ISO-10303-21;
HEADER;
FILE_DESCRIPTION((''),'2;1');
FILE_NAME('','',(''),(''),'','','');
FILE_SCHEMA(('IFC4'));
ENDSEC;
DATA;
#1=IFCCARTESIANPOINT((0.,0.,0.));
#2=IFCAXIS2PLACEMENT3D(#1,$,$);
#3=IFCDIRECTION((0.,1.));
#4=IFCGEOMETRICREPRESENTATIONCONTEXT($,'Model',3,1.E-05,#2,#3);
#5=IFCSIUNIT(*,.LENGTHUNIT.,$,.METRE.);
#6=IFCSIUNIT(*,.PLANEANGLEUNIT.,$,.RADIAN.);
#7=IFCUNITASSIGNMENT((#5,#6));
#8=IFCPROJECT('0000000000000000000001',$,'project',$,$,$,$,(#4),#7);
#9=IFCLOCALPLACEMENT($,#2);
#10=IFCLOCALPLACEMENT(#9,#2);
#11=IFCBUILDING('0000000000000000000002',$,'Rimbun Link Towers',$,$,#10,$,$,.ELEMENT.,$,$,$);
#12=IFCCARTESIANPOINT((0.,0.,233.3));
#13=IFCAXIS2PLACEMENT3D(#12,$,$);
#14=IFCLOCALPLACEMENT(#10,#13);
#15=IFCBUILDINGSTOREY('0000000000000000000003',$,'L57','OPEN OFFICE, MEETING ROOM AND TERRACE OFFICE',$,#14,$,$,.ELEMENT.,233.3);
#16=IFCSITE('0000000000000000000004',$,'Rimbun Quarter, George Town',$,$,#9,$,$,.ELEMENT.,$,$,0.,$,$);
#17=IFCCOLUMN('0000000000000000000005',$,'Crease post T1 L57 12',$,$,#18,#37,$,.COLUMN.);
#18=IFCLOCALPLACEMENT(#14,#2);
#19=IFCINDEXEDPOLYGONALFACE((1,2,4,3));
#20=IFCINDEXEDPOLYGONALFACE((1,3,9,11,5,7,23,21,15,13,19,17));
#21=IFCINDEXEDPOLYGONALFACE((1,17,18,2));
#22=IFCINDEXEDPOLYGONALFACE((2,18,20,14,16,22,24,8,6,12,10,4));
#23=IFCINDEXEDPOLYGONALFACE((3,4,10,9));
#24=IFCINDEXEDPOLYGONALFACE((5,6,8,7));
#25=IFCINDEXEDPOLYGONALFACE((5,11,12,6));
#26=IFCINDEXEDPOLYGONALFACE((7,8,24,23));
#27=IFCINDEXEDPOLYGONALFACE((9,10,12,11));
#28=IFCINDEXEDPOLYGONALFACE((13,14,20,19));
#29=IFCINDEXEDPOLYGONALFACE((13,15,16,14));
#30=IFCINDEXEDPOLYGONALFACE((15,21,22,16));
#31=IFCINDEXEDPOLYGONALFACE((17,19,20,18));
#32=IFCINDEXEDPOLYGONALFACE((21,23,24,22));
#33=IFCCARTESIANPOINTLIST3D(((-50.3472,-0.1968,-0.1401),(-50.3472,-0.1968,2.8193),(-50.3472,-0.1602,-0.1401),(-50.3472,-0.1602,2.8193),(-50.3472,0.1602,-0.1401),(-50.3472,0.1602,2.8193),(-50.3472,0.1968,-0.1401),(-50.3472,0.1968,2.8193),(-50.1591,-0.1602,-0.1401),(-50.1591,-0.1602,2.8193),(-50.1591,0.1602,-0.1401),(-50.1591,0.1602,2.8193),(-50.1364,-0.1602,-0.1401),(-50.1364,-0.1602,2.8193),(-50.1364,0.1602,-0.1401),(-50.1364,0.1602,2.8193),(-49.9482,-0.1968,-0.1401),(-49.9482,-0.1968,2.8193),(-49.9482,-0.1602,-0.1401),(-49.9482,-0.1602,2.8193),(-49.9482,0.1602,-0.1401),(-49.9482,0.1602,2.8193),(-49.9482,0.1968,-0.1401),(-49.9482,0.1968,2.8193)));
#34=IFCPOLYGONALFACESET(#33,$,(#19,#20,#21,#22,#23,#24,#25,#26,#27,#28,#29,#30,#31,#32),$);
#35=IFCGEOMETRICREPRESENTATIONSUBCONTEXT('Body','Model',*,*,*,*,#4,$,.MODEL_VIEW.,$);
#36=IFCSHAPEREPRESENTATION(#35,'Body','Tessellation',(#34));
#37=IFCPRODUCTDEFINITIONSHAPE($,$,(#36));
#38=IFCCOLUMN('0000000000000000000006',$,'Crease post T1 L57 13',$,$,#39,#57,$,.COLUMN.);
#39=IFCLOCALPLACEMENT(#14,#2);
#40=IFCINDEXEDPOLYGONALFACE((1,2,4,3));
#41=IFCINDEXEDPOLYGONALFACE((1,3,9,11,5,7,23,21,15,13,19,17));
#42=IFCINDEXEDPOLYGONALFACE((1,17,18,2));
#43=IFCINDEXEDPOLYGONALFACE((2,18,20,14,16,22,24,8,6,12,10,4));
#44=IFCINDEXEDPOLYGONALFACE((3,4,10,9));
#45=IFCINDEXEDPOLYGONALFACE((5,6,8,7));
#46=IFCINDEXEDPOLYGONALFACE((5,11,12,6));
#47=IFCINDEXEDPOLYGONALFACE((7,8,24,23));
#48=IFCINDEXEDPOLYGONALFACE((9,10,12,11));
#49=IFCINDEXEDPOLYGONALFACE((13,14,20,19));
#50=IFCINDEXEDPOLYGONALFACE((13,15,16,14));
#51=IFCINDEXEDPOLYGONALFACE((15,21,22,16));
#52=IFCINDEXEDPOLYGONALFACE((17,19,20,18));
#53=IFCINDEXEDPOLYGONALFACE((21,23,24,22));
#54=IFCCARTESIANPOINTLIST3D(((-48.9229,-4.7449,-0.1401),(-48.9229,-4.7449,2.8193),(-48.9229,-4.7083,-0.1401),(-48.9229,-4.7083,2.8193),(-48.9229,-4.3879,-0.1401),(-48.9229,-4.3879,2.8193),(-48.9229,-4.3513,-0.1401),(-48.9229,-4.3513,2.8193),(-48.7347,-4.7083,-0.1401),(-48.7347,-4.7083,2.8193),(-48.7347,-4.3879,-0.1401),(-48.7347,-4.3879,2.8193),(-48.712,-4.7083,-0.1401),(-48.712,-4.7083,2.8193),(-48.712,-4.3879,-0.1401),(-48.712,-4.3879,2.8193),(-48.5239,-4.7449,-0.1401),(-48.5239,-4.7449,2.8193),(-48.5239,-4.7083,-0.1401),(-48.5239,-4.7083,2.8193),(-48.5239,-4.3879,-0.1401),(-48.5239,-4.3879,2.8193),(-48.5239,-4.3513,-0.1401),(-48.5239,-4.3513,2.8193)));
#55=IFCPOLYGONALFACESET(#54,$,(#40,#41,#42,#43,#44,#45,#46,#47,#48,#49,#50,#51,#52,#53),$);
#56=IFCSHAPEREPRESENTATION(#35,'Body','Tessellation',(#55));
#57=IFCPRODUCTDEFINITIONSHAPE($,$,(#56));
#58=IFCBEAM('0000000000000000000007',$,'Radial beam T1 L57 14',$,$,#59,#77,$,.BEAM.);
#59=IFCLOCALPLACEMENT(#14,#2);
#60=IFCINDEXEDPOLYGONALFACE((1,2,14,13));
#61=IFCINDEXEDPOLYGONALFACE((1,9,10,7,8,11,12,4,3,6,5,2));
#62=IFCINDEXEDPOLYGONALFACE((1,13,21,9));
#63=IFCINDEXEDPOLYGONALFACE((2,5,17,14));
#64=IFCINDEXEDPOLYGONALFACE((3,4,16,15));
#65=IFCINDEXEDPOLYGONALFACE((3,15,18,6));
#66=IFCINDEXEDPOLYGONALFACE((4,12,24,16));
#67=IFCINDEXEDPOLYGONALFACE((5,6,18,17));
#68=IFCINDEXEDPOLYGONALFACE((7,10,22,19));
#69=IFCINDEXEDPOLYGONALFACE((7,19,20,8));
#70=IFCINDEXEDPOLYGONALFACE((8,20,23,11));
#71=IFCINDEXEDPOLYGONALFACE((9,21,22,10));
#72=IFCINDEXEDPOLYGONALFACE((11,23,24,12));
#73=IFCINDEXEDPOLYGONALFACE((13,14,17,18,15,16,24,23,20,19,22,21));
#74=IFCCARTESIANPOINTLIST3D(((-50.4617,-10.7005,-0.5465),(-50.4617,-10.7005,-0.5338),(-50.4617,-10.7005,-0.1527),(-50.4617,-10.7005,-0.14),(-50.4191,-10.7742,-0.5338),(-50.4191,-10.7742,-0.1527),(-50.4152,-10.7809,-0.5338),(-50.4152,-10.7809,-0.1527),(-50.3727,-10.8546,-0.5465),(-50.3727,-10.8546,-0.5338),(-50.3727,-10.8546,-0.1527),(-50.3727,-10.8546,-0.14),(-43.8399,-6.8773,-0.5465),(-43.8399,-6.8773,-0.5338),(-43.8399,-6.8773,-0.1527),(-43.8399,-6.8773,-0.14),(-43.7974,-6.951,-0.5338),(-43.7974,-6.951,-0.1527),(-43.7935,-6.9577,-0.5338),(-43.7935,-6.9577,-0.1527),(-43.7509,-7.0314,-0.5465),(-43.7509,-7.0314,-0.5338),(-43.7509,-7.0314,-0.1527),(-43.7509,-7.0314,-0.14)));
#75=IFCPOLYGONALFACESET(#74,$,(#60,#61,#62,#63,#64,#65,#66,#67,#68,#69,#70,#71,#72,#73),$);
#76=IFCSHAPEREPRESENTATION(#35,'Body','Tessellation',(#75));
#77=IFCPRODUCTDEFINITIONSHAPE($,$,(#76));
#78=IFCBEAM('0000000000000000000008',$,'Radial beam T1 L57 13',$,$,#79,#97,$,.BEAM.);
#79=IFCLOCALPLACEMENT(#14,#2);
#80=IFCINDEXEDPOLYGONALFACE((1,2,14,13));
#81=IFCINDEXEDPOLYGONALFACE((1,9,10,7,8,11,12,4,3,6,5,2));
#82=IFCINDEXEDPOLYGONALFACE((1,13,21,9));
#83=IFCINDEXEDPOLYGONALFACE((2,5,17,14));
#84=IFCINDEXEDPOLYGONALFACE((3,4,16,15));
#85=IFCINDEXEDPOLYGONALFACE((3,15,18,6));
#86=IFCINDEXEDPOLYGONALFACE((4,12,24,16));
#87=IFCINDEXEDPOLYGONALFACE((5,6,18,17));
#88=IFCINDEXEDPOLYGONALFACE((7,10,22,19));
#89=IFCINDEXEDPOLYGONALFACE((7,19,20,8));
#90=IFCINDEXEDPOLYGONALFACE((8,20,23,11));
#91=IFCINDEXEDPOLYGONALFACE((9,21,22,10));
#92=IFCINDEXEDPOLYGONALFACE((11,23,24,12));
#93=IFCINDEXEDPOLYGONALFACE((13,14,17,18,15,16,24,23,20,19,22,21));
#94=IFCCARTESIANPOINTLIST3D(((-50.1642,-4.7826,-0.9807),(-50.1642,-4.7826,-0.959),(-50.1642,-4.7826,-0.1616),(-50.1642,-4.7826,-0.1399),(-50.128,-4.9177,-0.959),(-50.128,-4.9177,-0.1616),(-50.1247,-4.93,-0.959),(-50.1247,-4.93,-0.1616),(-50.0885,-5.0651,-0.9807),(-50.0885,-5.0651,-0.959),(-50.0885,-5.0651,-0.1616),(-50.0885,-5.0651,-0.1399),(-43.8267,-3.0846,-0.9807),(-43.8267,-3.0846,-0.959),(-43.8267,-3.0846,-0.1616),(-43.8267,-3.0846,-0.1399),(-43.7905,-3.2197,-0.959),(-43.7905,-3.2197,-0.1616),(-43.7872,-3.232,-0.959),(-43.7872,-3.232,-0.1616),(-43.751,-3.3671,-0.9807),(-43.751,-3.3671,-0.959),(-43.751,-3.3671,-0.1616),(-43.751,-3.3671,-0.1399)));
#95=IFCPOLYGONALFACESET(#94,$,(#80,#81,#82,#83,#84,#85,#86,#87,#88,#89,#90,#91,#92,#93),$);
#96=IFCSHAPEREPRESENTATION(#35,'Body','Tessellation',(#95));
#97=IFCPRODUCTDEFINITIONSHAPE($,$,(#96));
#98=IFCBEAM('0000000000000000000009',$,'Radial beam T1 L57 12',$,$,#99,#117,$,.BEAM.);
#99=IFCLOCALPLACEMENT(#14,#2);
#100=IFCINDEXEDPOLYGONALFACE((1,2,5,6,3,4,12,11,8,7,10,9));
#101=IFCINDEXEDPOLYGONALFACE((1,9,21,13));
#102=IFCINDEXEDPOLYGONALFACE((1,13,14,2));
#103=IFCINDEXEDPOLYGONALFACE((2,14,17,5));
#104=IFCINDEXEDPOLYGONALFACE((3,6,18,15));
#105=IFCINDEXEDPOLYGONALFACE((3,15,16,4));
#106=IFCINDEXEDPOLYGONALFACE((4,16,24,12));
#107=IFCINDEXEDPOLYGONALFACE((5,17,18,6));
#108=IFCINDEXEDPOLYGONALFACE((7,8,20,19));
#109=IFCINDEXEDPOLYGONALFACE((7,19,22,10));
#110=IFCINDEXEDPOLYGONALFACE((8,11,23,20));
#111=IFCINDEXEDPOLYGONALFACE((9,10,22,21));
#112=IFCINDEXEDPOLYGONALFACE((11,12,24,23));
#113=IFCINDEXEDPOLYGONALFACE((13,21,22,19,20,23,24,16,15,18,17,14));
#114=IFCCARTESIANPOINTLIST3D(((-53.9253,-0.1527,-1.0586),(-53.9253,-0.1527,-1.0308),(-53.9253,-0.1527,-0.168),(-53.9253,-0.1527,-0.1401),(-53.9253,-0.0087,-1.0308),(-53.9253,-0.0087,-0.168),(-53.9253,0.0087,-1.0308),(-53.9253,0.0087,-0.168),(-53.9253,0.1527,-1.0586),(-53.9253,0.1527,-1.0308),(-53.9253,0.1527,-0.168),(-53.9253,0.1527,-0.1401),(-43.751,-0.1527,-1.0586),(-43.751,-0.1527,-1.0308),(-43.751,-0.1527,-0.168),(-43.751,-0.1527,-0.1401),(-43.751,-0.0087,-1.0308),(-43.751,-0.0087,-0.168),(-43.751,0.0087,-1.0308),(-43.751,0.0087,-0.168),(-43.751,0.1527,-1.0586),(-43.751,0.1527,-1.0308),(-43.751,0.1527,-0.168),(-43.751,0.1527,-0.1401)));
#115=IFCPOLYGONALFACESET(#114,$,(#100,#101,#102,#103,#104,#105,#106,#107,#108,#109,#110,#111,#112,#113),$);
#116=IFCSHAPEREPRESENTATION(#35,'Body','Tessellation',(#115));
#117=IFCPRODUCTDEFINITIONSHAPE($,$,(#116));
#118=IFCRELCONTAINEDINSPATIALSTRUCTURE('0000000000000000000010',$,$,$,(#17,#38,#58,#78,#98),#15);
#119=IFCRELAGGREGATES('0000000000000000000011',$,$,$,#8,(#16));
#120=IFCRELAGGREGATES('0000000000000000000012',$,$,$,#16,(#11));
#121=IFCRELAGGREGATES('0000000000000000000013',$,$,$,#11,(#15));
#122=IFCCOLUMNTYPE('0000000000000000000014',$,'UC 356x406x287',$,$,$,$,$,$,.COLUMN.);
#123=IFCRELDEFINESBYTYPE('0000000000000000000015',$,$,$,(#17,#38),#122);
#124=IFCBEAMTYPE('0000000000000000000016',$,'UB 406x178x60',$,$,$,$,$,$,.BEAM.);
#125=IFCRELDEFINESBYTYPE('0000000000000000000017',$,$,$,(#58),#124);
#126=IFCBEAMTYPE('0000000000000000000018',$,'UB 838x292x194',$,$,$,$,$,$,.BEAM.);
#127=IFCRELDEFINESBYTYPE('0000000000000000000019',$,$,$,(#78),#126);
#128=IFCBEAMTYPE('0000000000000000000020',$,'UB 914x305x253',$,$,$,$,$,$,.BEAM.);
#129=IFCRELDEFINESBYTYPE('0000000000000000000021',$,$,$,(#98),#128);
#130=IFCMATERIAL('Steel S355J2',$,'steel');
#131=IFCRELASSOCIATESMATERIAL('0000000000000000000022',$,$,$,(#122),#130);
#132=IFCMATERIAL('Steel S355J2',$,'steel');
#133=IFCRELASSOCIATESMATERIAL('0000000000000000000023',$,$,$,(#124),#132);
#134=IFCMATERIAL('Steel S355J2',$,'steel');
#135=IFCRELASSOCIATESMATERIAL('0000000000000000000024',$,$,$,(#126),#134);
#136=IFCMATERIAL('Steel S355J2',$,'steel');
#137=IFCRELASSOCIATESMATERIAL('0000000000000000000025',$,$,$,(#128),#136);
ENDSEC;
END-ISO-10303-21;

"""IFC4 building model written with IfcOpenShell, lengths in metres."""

from ifc_helpers import new_model, si_unit, direction, frame, origin, origin_2d, place, context, subcontext, project, spatial, i_section, extrude, material, material_profile, profile_set, type_object, element, save


model = new_model("IFC4")

# Units and contexts
model_context = context("Model", 3, precision=1e-05, world=origin(), true_north=direction((0.0, 1.0)))
body_context = subcontext(model_context, "Body", "Model", "MODEL_VIEW")
ifc_project = project(units=[si_unit("LENGTHUNIT", "METRE"), si_unit("PLANEANGLEUNIT", "RADIAN")], contexts=[model_context])

# Site, building, storey
site_placement = place(None, origin())
site = spatial("IfcSite", under=ifc_project, at=site_placement, Name="Rimbun Quarter, George Town", CompositionType="ELEMENT", RefElevation=0.0)
building_placement = place(site_placement, origin())
building = spatial("IfcBuilding", under=site, at=building_placement, Name="Rimbun Link Towers", CompositionType="ELEMENT")
storey_placement = place(building_placement, frame((0.0, 0.0, 233.3)))
storey = spatial("IfcBuildingStorey", under=building, at=storey_placement, Name="L57", Description="OPEN OFFICE, MEETING ROOM AND TERRACE OFFICE", CompositionType="ELEMENT", Elevation=233.3)

# Columns
ifc_material_1 = material(Name="Steel S355J2", Category="steel")
ifc_material_profile_1 = material_profile(ifc_material_1, i_section(OverallWidth=0.3989, OverallDepth=0.3936, WebThickness=0.0227, FlangeThickness=0.0366, at=origin_2d()), Name="UC 356x406x287")
ifc_profile_set_1 = profile_set([ifc_material_profile_1], Name="Steel S355J2")
column_type = type_object("IfcColumnType", Name="UC 356x406x287", PredefinedType="COLUMN", material=ifc_profile_set_1)
for number, where, z_axis, x_axis, name in (
    (1, (-50.1477, 0.0, -0.1401), (0.0, 0.0, 1.0), (1.0, 0.0, 0.0), "Crease post T1 L57 12"),
    (2, (-48.7234, -4.5481, -0.1401), (0.0, 0.0, 1.0), (1.0, 0.0, 0.0), "Crease post T1 L57 13"),
):
    element("IfcColumn", number, at=place(storey_placement, frame(where, z_axis=z_axis, x_axis=x_axis)), inside=storey, type_object=column_type, Name=name, PredefinedType="COLUMN", context=body_context, shape_type="SweptSolid", body=[
        extrude(i_section(OverallWidth=0.3989, OverallDepth=0.3936, WebThickness=0.0227, FlangeThickness=0.0366, at=origin_2d()), origin(), (0.0, 0.0, 1.0), 2.9595),
    ])

# Beams
ifc_material_2 = material(Name="Steel S355J2", Category="steel")
ifc_material_profile_2 = material_profile(ifc_material_2, i_section(OverallWidth=0.178, OverallDepth=0.4065, WebThickness=0.0078, FlangeThickness=0.0127, at=origin_2d()), Name="UB 406x178x60")
ifc_profile_set_2 = profile_set([ifc_material_profile_2], Name="Steel S355J2")
beam_type_1 = type_object("IfcBeamType", Name="UB 406x178x60", PredefinedType="BEAM", material=ifc_profile_set_2)
beam_1_placement = place(storey_placement, frame((-43.7954, -6.9543, -0.3433), z_axis=(-0.866018, -0.500013, 0.0), x_axis=(0.500013, -0.866018, 0.0)))
element("IfcBeam", 3, at=beam_1_placement, inside=storey, type_object=beam_type_1, Name="Radial beam T1 L57 14", PredefinedType="BEAM", context=body_context, shape_type="SweptSolid", body=[
    extrude(i_section(OverallWidth=0.178, OverallDepth=0.4065, WebThickness=0.0078, FlangeThickness=0.0127, at=origin_2d()), origin(), (0.0, 0.0, 1.0), 7.6462),
])
ifc_material_3 = material(Name="Steel S355J2", Category="steel")
ifc_material_profile_3 = material_profile(ifc_material_3, i_section(OverallWidth=0.2925, OverallDepth=0.8408, WebThickness=0.0127, FlangeThickness=0.0217, at=origin_2d()), Name="UB 838x292x194")
ifc_profile_set_3 = profile_set([ifc_material_profile_3], Name="Steel S355J2")
beam_type_2 = type_object("IfcBeamType", Name="UB 838x292x194", PredefinedType="BEAM", material=ifc_profile_set_3)
beam_2_placement = place(storey_placement, frame((-43.7888, -3.2258, -0.5603), z_axis=(-0.96593, -0.258804, 0.0), x_axis=(0.258804, -0.96593, 0.0)))
element("IfcBeam", 4, at=beam_2_placement, inside=storey, type_object=beam_type_2, Name="Radial beam T1 L57 13", PredefinedType="BEAM", context=body_context, shape_type="SweptSolid", body=[
    extrude(i_section(OverallWidth=0.2925, OverallDepth=0.8408, WebThickness=0.0127, FlangeThickness=0.0217, at=origin_2d()), origin(), (0.0, 0.0, 1.0), 6.561),
])
ifc_material_4 = material(Name="Steel S355J2", Category="steel")
ifc_material_profile_4 = material_profile(ifc_material_4, i_section(OverallWidth=0.3054, OverallDepth=0.9185, WebThickness=0.0173, FlangeThickness=0.0278, at=origin_2d()), Name="UB 914x305x253")
ifc_profile_set_4 = profile_set([ifc_material_profile_4], Name="Steel S355J2")
beam_type_3 = type_object("IfcBeamType", Name="UB 914x305x253", PredefinedType="BEAM", material=ifc_profile_set_4)
beam_3_placement = place(storey_placement, frame((-43.751, 0.0, -0.5994), z_axis=(-1.0, 0.0, 0.0), x_axis=(0.0, -1.0, 0.0)))
element("IfcBeam", 5, at=beam_3_placement, inside=storey, type_object=beam_type_3, Name="Radial beam T1 L57 12", PredefinedType="BEAM", context=body_context, shape_type="SweptSolid", body=[
    extrude(i_section(OverallWidth=0.3054, OverallDepth=0.9185, WebThickness=0.0173, FlangeThickness=0.0278, at=origin_2d()), origin(), (0.0, 0.0, 1.0), 10.1743),
])

save(model, "model.ifc")
